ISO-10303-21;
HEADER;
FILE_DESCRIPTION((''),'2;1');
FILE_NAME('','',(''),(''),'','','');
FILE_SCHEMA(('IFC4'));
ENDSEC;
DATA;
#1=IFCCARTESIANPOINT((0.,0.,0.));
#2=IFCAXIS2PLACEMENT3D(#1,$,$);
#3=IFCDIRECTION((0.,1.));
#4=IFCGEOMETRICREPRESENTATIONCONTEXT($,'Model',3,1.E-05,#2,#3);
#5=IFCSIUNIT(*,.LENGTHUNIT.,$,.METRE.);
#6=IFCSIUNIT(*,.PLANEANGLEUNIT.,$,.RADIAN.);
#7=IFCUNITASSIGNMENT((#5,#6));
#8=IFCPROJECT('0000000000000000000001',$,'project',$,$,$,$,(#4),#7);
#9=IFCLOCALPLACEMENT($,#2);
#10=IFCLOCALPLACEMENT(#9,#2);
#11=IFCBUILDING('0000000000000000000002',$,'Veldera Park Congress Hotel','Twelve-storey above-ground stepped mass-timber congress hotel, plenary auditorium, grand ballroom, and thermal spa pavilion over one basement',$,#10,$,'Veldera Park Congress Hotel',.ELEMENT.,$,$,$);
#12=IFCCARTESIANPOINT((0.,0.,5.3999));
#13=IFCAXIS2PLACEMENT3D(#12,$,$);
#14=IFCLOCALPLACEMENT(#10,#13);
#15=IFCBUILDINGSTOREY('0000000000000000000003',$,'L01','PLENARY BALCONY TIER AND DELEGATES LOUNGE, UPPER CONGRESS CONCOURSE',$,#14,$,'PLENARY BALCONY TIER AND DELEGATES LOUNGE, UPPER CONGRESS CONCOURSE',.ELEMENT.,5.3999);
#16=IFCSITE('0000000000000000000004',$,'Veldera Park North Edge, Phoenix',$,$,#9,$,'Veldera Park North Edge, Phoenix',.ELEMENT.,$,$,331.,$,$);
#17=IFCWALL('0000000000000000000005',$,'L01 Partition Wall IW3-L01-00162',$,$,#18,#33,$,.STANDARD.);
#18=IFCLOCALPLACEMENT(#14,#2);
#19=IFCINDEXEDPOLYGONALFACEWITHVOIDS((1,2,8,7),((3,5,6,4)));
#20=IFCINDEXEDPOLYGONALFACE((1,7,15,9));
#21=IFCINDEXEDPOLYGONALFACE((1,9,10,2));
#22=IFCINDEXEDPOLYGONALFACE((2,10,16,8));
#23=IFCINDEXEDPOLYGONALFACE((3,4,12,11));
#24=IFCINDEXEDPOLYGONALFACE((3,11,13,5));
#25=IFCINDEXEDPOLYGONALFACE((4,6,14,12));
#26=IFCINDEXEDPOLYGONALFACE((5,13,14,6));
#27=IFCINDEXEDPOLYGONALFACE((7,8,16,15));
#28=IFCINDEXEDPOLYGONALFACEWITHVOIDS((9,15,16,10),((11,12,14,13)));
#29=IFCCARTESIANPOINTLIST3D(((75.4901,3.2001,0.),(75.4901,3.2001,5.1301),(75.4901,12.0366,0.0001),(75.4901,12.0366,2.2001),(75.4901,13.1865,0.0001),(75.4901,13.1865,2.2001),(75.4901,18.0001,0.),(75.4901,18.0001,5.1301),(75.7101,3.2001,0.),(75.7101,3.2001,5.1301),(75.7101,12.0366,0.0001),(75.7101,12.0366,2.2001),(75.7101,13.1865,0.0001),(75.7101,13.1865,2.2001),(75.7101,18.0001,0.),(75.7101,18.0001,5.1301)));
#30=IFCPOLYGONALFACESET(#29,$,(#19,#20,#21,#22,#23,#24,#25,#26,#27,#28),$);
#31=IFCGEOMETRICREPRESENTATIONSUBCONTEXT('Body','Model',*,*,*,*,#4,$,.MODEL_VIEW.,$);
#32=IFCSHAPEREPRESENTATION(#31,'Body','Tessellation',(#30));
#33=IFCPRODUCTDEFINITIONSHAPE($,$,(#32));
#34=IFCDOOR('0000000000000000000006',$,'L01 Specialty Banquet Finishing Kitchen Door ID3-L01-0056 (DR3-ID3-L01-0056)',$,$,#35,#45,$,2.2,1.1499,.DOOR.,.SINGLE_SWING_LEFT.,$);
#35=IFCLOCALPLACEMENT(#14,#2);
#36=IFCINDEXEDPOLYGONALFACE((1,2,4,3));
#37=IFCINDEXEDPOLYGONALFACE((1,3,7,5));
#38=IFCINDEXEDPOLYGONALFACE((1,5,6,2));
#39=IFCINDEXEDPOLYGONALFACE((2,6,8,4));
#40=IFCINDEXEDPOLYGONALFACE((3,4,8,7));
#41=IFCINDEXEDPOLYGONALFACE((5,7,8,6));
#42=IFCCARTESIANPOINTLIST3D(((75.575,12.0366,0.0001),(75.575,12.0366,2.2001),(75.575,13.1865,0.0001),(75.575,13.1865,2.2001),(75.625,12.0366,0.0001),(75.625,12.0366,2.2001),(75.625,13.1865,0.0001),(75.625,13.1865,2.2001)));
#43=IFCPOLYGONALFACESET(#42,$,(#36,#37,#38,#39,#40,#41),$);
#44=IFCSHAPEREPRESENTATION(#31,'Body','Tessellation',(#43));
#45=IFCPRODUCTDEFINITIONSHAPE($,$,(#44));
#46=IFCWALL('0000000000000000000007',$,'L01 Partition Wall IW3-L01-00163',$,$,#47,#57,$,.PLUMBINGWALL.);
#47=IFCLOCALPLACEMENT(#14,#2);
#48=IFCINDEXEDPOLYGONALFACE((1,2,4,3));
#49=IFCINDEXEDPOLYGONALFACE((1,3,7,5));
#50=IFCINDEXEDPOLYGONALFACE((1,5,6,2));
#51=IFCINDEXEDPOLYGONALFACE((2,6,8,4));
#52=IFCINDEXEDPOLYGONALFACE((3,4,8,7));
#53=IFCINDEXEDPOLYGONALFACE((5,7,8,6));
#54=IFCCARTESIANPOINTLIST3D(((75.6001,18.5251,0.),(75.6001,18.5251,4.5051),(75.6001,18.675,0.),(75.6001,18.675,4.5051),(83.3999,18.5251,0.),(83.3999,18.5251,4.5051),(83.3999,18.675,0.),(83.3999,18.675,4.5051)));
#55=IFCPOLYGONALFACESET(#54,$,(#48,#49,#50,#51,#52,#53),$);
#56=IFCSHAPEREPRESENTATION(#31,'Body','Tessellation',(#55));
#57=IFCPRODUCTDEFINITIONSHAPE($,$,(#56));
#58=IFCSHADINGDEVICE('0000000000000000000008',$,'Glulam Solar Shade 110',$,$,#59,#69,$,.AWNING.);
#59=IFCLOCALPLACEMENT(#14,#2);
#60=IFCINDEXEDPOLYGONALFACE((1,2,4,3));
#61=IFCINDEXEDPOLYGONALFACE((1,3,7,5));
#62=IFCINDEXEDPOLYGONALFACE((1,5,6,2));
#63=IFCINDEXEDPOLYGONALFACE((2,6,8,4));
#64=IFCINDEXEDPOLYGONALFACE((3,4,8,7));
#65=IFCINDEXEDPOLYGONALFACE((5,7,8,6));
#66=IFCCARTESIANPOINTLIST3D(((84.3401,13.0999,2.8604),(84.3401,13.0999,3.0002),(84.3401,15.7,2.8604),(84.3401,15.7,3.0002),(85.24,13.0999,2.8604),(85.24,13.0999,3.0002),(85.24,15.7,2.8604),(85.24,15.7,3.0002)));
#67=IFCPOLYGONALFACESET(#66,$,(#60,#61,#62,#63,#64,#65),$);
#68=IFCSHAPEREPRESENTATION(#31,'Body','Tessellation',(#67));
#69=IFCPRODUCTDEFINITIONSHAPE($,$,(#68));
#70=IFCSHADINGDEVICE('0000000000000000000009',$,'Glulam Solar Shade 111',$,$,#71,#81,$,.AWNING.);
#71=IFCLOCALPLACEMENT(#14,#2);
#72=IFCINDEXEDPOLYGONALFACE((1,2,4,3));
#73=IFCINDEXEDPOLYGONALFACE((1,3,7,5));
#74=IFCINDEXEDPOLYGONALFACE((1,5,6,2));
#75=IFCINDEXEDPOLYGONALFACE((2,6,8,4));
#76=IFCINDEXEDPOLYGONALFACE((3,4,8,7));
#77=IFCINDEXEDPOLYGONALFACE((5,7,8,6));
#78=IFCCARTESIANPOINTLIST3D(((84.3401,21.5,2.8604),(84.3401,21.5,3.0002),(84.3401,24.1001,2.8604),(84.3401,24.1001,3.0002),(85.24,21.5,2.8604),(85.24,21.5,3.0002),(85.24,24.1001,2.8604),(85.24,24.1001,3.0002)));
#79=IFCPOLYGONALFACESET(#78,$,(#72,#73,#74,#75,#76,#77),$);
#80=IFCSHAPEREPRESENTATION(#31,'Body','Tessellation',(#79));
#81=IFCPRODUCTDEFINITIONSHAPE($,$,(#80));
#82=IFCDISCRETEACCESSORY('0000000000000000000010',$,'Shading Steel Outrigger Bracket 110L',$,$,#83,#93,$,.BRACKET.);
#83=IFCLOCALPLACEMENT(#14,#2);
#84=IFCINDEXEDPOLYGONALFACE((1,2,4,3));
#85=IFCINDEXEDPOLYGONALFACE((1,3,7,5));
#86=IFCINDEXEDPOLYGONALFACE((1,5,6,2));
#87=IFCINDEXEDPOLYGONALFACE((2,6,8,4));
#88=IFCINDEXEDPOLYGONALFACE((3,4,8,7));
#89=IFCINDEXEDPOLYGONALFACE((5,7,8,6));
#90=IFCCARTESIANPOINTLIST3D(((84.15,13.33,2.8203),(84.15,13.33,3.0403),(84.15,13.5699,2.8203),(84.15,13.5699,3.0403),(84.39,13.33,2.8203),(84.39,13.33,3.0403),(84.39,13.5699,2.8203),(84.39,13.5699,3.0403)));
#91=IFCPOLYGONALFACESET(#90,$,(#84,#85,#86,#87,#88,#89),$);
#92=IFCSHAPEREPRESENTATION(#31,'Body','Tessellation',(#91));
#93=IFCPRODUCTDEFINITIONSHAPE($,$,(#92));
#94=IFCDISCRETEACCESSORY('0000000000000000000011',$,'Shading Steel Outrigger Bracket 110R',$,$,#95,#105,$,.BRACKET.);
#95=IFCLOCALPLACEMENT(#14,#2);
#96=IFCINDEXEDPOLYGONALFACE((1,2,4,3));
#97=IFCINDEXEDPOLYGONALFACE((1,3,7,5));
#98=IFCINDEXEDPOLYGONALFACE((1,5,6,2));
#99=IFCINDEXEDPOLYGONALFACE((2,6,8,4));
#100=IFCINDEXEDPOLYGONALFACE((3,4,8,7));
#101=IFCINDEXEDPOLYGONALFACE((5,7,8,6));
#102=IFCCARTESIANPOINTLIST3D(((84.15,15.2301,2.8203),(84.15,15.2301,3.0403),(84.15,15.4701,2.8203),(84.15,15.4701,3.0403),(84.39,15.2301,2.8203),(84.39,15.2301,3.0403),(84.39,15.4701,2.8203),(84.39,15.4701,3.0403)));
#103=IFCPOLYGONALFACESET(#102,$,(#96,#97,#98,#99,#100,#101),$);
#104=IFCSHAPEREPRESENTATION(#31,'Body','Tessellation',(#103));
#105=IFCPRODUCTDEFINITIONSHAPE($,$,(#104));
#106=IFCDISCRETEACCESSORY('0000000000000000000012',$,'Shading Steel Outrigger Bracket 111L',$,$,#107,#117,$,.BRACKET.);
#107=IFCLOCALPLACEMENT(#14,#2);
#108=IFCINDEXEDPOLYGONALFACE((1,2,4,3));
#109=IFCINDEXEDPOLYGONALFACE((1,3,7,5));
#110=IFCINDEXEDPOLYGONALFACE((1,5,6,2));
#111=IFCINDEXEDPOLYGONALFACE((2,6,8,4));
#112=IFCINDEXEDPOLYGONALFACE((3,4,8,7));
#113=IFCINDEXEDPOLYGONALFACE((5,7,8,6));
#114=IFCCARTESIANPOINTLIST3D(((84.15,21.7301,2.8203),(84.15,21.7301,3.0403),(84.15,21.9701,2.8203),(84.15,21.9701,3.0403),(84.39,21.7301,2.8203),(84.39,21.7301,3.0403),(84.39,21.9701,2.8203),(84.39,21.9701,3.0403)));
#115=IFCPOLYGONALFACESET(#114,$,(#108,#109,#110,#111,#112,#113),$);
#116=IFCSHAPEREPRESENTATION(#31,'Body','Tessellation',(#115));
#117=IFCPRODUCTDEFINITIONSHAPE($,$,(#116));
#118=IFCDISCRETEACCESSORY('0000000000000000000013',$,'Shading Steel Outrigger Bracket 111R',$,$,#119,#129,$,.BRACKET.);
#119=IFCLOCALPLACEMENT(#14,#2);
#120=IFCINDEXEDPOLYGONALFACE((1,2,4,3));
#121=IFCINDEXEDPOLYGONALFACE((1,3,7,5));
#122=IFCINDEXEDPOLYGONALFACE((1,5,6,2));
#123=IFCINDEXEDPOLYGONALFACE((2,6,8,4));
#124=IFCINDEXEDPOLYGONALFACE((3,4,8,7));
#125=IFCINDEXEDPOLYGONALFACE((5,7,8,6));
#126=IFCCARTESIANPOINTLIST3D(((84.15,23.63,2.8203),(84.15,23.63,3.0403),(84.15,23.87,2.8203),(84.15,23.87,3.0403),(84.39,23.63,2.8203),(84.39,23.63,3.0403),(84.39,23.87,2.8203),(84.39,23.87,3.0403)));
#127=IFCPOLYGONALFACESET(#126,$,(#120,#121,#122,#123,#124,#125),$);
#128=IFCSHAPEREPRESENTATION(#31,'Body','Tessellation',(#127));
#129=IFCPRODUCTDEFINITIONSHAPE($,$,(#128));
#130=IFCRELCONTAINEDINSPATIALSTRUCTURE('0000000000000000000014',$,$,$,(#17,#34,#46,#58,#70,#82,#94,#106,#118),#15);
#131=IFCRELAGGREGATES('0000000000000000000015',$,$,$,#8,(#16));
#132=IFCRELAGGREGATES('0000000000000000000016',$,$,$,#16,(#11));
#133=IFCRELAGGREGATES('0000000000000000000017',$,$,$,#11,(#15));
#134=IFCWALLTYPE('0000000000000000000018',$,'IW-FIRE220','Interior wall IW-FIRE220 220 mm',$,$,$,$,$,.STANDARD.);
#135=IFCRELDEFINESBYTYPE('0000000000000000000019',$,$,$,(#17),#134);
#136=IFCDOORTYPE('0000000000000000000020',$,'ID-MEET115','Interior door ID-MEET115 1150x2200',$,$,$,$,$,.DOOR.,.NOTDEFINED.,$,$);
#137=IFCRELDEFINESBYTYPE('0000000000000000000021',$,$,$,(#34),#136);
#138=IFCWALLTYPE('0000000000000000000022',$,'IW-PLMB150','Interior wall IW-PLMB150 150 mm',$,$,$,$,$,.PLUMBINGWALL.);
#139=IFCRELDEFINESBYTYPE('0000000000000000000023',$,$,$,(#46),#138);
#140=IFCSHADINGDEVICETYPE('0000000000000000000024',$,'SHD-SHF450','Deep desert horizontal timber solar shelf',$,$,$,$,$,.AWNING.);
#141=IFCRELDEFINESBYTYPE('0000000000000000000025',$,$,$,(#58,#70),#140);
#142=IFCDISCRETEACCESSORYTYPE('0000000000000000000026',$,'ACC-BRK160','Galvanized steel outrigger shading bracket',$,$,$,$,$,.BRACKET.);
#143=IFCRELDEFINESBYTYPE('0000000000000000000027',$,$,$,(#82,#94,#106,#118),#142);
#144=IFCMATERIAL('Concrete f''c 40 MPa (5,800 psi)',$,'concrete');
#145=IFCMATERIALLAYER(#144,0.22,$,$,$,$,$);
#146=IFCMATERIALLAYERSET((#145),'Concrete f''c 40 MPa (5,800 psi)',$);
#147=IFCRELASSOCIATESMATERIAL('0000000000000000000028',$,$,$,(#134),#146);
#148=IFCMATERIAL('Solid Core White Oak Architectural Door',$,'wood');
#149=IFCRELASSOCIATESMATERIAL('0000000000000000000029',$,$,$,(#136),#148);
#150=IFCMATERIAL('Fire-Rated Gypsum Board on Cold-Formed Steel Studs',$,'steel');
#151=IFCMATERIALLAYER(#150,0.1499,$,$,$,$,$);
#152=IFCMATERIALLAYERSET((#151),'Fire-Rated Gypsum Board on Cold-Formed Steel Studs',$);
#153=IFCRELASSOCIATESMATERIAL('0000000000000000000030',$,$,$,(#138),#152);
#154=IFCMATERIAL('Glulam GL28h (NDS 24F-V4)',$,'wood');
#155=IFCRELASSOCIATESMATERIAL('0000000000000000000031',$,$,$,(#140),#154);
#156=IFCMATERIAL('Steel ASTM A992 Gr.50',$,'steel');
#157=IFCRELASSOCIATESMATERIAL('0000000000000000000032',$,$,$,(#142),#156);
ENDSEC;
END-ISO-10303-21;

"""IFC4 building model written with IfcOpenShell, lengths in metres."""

from ifc_helpers import new_model, si_unit, direction, frame, frame_2d, origin, origin_2d, place, context, subcontext, project, spatial, rectangle, extrude, material, layer, layer_set, type_object, element, fill, save


model = new_model("IFC4")

# Units and contexts
model_context = context("Model", 3, precision=1e-05, world=origin(), true_north=direction((0.0, 1.0)))
body_context = subcontext(model_context, "Body", "Model", "MODEL_VIEW")
ifc_project = project(units=[si_unit("LENGTHUNIT", "METRE"), si_unit("PLANEANGLEUNIT", "RADIAN")], contexts=[model_context])

# Site, building, storey
site_placement = place(None, origin())
site = spatial("IfcSite", under=ifc_project, at=site_placement, Name="Veldera Park North Edge, Phoenix", LongName="Veldera Park North Edge, Phoenix", CompositionType="ELEMENT", RefElevation=331.0)
building_placement = place(site_placement, origin())
building = spatial("IfcBuilding", under=site, at=building_placement, Name="Veldera Park Congress Hotel", Description="Twelve-storey above-ground stepped mass-timber congress hotel, plenary auditorium, grand ballroom, and thermal spa pavilion over one basement", LongName="Veldera Park Congress Hotel", CompositionType="ELEMENT")
storey_placement = place(building_placement, frame((0.0, 0.0, 5.3999)))
storey = spatial("IfcBuildingStorey", under=building, at=storey_placement, Name="L01", Description="PLENARY BALCONY TIER AND DELEGATES LOUNGE, UPPER CONGRESS CONCOURSE", LongName="PLENARY BALCONY TIER AND DELEGATES LOUNGE, UPPER CONGRESS CONCOURSE", CompositionType="ELEMENT", Elevation=5.3999)

# Shared definitions
ifc_material_1 = material(Name="Concrete f'c 40 MPa (5,800 psi)", Category="concrete")

# Shared definitions
ifc_material_2 = material(Name="Glulam GL28h (NDS 24F-V4)", Category="wood")
ifc_material_3 = material(Name="Steel ASTM A992 Gr.50", Category="steel")

# Shared definitions
ifc_layer_1 = layer(ifc_material_1, 0.22)
ifc_layer_set_1 = layer_set([ifc_layer_1], Name="Concrete f'c 40 MPa (5,800 psi)")
wall_type_1 = type_object("IfcWallType", Name="IW-FIRE220", Description="Interior wall IW-FIRE220 220 mm", PredefinedType="STANDARD", material=ifc_layer_set_1)

# Wall, opening, door
wall_1_placement = place(storey_placement, frame((75.6001, 18.0, 0.0), z_axis=(0.0, 0.0, 1.0), x_axis=(0.0, -1.0, 0.0)))
wall_1 = element("IfcWall", 1, at=wall_1_placement, inside=storey, type_object=wall_type_1, Name="L01 Partition Wall IW3-L01-00162", PredefinedType="STANDARD", context=body_context, shape_type="SweptSolid", body=[
    extrude(rectangle(XDim=14.8, YDim=0.22, at=frame_2d((7.3999, 0.0))), origin(), (0.0, 0.0, 1.0), 5.1301),
])
opening_1_placement = place(wall_1_placement, frame((4.8135, 0.0, 0.0)))
opening_1 = element("IfcOpeningElement", 2, at=opening_1_placement, cuts=wall_1, PredefinedType="OPENING", context=body_context, shape_type="SweptSolid", body=[
    extrude(rectangle(XDim=1.1499, YDim=2.2, at=frame_2d((0.575, 1.1001))), frame((0.0, 0.1221, 0.0), z_axis=(0.0, -1.0, 0.0), x_axis=(1.0, 0.0, 0.0)), (0.0, 0.0, 1.0), 0.2439),
])
ifc_material_4 = material(Name="Solid Core White Oak Architectural Door", Category="wood")
door_type = type_object("IfcDoorType", Name="ID-MEET115", Description="Interior door ID-MEET115 1150x2200", OperationType="NOTDEFINED", PredefinedType="DOOR", material=ifc_material_4)
door_placement = place(opening_1_placement, origin())
door = element("IfcDoor", 3, at=door_placement, inside=storey, type_object=door_type, Name="L01 Specialty Banquet Finishing Kitchen Door ID3-L01-0056 (DR3-ID3-L01-0056)", OperationType="SINGLE_SWING_LEFT", OverallHeight=2.2, OverallWidth=1.1499, PredefinedType="DOOR", context=body_context, shape_type="SweptSolid", body=[
    extrude(rectangle(XDim=1.1499, YDim=2.2, at=frame_2d((0.575, 1.1001))), frame((0.0, 0.0249, 0.0), z_axis=(0.0, -1.0, 0.0), x_axis=(1.0, 0.0, 0.0)), (0.0, 0.0, 1.0), 0.05),
])
fill(opening_1, door)

# Wall
ifc_material_5 = material(Name="Fire-Rated Gypsum Board on Cold-Formed Steel Studs", Category="steel")
ifc_layer_2 = layer(ifc_material_5, 0.1499)
ifc_layer_set_2 = layer_set([ifc_layer_2], Name="Fire-Rated Gypsum Board on Cold-Formed Steel Studs")
wall_type_2 = type_object("IfcWallType", Name="IW-PLMB150", Description="Interior wall IW-PLMB150 150 mm", PredefinedType="PLUMBINGWALL", material=ifc_layer_set_2)
wall_2_placement = place(storey_placement, frame((75.6001, 18.6001, 0.0), z_axis=(0.0, 0.0, 1.0), x_axis=(1.0, 0.0, 0.0)))
element("IfcWall", 4, at=wall_2_placement, inside=storey, type_object=wall_type_2, Name="L01 Partition Wall IW3-L01-00163", PredefinedType="PLUMBINGWALL", context=body_context, shape_type="SweptSolid", body=[
    extrude(rectangle(XDim=7.7998, YDim=0.1499, at=frame_2d((3.8999, 0.0))), origin(), (0.0, 0.0, 1.0), 4.5051),
])

# Shading devices
shading_device_type = type_object("IfcShadingDeviceType", Name="SHD-SHF450", Description="Deep desert horizontal timber solar shelf", PredefinedType="AWNING", material=ifc_material_2)
for number, where, z_axis, x_axis, name in (
    (5, (84.79, 14.3999, 2.8604), (0.0, 0.0, 1.0), (0.0, 1.0, 0.0), "Glulam Solar Shade 110"),
    (6, (84.79, 22.8, 2.8604), (0.0, 0.0, 1.0), (0.0, 1.0, 0.0), "Glulam Solar Shade 111"),
):
    element("IfcShadingDevice", number, at=place(storey_placement, frame(where, z_axis=z_axis, x_axis=x_axis)), inside=storey, type_object=shading_device_type, Name=name, PredefinedType="AWNING", context=body_context, shape_type="SweptSolid", body=[
        extrude(rectangle(XDim=2.6001, YDim=0.8999, at=origin_2d()), origin(), (0.0, 0.0, 1.0), 0.1399),
    ])

# Discrete accessories
discrete_accessory_type = type_object("IfcDiscreteAccessoryType", Name="ACC-BRK160", Description="Galvanized steel outrigger shading bracket", PredefinedType="BRACKET", material=ifc_material_3)
for number, where, z_axis, x_axis, name in (
    (7, (84.27, 13.45, 2.8203), (0.0, 0.0, 1.0), (0.0, 1.0, 0.0), "Shading Steel Outrigger Bracket 110L"),
    (8, (84.27, 15.3501, 2.8203), (0.0, 0.0, 1.0), (0.0, 1.0, 0.0), "Shading Steel Outrigger Bracket 110R"),
    (9, (84.27, 21.8501, 2.8203), (0.0, 0.0, 1.0), (0.0, 1.0, 0.0), "Shading Steel Outrigger Bracket 111L"),
    (10, (84.27, 23.75, 2.8203), (0.0, 0.0, 1.0), (0.0, 1.0, 0.0), "Shading Steel Outrigger Bracket 111R"),
):
    element("IfcDiscreteAccessory", number, at=place(storey_placement, frame(where, z_axis=z_axis, x_axis=x_axis)), inside=storey, type_object=discrete_accessory_type, Name=name, PredefinedType="BRACKET", context=body_context, shape_type="SweptSolid", body=[
        extrude(rectangle(XDim=0.24, YDim=0.24, at=origin_2d()), origin(), (0.0, 0.0, 1.0), 0.22),
    ])

save(model, "model.ifc")
